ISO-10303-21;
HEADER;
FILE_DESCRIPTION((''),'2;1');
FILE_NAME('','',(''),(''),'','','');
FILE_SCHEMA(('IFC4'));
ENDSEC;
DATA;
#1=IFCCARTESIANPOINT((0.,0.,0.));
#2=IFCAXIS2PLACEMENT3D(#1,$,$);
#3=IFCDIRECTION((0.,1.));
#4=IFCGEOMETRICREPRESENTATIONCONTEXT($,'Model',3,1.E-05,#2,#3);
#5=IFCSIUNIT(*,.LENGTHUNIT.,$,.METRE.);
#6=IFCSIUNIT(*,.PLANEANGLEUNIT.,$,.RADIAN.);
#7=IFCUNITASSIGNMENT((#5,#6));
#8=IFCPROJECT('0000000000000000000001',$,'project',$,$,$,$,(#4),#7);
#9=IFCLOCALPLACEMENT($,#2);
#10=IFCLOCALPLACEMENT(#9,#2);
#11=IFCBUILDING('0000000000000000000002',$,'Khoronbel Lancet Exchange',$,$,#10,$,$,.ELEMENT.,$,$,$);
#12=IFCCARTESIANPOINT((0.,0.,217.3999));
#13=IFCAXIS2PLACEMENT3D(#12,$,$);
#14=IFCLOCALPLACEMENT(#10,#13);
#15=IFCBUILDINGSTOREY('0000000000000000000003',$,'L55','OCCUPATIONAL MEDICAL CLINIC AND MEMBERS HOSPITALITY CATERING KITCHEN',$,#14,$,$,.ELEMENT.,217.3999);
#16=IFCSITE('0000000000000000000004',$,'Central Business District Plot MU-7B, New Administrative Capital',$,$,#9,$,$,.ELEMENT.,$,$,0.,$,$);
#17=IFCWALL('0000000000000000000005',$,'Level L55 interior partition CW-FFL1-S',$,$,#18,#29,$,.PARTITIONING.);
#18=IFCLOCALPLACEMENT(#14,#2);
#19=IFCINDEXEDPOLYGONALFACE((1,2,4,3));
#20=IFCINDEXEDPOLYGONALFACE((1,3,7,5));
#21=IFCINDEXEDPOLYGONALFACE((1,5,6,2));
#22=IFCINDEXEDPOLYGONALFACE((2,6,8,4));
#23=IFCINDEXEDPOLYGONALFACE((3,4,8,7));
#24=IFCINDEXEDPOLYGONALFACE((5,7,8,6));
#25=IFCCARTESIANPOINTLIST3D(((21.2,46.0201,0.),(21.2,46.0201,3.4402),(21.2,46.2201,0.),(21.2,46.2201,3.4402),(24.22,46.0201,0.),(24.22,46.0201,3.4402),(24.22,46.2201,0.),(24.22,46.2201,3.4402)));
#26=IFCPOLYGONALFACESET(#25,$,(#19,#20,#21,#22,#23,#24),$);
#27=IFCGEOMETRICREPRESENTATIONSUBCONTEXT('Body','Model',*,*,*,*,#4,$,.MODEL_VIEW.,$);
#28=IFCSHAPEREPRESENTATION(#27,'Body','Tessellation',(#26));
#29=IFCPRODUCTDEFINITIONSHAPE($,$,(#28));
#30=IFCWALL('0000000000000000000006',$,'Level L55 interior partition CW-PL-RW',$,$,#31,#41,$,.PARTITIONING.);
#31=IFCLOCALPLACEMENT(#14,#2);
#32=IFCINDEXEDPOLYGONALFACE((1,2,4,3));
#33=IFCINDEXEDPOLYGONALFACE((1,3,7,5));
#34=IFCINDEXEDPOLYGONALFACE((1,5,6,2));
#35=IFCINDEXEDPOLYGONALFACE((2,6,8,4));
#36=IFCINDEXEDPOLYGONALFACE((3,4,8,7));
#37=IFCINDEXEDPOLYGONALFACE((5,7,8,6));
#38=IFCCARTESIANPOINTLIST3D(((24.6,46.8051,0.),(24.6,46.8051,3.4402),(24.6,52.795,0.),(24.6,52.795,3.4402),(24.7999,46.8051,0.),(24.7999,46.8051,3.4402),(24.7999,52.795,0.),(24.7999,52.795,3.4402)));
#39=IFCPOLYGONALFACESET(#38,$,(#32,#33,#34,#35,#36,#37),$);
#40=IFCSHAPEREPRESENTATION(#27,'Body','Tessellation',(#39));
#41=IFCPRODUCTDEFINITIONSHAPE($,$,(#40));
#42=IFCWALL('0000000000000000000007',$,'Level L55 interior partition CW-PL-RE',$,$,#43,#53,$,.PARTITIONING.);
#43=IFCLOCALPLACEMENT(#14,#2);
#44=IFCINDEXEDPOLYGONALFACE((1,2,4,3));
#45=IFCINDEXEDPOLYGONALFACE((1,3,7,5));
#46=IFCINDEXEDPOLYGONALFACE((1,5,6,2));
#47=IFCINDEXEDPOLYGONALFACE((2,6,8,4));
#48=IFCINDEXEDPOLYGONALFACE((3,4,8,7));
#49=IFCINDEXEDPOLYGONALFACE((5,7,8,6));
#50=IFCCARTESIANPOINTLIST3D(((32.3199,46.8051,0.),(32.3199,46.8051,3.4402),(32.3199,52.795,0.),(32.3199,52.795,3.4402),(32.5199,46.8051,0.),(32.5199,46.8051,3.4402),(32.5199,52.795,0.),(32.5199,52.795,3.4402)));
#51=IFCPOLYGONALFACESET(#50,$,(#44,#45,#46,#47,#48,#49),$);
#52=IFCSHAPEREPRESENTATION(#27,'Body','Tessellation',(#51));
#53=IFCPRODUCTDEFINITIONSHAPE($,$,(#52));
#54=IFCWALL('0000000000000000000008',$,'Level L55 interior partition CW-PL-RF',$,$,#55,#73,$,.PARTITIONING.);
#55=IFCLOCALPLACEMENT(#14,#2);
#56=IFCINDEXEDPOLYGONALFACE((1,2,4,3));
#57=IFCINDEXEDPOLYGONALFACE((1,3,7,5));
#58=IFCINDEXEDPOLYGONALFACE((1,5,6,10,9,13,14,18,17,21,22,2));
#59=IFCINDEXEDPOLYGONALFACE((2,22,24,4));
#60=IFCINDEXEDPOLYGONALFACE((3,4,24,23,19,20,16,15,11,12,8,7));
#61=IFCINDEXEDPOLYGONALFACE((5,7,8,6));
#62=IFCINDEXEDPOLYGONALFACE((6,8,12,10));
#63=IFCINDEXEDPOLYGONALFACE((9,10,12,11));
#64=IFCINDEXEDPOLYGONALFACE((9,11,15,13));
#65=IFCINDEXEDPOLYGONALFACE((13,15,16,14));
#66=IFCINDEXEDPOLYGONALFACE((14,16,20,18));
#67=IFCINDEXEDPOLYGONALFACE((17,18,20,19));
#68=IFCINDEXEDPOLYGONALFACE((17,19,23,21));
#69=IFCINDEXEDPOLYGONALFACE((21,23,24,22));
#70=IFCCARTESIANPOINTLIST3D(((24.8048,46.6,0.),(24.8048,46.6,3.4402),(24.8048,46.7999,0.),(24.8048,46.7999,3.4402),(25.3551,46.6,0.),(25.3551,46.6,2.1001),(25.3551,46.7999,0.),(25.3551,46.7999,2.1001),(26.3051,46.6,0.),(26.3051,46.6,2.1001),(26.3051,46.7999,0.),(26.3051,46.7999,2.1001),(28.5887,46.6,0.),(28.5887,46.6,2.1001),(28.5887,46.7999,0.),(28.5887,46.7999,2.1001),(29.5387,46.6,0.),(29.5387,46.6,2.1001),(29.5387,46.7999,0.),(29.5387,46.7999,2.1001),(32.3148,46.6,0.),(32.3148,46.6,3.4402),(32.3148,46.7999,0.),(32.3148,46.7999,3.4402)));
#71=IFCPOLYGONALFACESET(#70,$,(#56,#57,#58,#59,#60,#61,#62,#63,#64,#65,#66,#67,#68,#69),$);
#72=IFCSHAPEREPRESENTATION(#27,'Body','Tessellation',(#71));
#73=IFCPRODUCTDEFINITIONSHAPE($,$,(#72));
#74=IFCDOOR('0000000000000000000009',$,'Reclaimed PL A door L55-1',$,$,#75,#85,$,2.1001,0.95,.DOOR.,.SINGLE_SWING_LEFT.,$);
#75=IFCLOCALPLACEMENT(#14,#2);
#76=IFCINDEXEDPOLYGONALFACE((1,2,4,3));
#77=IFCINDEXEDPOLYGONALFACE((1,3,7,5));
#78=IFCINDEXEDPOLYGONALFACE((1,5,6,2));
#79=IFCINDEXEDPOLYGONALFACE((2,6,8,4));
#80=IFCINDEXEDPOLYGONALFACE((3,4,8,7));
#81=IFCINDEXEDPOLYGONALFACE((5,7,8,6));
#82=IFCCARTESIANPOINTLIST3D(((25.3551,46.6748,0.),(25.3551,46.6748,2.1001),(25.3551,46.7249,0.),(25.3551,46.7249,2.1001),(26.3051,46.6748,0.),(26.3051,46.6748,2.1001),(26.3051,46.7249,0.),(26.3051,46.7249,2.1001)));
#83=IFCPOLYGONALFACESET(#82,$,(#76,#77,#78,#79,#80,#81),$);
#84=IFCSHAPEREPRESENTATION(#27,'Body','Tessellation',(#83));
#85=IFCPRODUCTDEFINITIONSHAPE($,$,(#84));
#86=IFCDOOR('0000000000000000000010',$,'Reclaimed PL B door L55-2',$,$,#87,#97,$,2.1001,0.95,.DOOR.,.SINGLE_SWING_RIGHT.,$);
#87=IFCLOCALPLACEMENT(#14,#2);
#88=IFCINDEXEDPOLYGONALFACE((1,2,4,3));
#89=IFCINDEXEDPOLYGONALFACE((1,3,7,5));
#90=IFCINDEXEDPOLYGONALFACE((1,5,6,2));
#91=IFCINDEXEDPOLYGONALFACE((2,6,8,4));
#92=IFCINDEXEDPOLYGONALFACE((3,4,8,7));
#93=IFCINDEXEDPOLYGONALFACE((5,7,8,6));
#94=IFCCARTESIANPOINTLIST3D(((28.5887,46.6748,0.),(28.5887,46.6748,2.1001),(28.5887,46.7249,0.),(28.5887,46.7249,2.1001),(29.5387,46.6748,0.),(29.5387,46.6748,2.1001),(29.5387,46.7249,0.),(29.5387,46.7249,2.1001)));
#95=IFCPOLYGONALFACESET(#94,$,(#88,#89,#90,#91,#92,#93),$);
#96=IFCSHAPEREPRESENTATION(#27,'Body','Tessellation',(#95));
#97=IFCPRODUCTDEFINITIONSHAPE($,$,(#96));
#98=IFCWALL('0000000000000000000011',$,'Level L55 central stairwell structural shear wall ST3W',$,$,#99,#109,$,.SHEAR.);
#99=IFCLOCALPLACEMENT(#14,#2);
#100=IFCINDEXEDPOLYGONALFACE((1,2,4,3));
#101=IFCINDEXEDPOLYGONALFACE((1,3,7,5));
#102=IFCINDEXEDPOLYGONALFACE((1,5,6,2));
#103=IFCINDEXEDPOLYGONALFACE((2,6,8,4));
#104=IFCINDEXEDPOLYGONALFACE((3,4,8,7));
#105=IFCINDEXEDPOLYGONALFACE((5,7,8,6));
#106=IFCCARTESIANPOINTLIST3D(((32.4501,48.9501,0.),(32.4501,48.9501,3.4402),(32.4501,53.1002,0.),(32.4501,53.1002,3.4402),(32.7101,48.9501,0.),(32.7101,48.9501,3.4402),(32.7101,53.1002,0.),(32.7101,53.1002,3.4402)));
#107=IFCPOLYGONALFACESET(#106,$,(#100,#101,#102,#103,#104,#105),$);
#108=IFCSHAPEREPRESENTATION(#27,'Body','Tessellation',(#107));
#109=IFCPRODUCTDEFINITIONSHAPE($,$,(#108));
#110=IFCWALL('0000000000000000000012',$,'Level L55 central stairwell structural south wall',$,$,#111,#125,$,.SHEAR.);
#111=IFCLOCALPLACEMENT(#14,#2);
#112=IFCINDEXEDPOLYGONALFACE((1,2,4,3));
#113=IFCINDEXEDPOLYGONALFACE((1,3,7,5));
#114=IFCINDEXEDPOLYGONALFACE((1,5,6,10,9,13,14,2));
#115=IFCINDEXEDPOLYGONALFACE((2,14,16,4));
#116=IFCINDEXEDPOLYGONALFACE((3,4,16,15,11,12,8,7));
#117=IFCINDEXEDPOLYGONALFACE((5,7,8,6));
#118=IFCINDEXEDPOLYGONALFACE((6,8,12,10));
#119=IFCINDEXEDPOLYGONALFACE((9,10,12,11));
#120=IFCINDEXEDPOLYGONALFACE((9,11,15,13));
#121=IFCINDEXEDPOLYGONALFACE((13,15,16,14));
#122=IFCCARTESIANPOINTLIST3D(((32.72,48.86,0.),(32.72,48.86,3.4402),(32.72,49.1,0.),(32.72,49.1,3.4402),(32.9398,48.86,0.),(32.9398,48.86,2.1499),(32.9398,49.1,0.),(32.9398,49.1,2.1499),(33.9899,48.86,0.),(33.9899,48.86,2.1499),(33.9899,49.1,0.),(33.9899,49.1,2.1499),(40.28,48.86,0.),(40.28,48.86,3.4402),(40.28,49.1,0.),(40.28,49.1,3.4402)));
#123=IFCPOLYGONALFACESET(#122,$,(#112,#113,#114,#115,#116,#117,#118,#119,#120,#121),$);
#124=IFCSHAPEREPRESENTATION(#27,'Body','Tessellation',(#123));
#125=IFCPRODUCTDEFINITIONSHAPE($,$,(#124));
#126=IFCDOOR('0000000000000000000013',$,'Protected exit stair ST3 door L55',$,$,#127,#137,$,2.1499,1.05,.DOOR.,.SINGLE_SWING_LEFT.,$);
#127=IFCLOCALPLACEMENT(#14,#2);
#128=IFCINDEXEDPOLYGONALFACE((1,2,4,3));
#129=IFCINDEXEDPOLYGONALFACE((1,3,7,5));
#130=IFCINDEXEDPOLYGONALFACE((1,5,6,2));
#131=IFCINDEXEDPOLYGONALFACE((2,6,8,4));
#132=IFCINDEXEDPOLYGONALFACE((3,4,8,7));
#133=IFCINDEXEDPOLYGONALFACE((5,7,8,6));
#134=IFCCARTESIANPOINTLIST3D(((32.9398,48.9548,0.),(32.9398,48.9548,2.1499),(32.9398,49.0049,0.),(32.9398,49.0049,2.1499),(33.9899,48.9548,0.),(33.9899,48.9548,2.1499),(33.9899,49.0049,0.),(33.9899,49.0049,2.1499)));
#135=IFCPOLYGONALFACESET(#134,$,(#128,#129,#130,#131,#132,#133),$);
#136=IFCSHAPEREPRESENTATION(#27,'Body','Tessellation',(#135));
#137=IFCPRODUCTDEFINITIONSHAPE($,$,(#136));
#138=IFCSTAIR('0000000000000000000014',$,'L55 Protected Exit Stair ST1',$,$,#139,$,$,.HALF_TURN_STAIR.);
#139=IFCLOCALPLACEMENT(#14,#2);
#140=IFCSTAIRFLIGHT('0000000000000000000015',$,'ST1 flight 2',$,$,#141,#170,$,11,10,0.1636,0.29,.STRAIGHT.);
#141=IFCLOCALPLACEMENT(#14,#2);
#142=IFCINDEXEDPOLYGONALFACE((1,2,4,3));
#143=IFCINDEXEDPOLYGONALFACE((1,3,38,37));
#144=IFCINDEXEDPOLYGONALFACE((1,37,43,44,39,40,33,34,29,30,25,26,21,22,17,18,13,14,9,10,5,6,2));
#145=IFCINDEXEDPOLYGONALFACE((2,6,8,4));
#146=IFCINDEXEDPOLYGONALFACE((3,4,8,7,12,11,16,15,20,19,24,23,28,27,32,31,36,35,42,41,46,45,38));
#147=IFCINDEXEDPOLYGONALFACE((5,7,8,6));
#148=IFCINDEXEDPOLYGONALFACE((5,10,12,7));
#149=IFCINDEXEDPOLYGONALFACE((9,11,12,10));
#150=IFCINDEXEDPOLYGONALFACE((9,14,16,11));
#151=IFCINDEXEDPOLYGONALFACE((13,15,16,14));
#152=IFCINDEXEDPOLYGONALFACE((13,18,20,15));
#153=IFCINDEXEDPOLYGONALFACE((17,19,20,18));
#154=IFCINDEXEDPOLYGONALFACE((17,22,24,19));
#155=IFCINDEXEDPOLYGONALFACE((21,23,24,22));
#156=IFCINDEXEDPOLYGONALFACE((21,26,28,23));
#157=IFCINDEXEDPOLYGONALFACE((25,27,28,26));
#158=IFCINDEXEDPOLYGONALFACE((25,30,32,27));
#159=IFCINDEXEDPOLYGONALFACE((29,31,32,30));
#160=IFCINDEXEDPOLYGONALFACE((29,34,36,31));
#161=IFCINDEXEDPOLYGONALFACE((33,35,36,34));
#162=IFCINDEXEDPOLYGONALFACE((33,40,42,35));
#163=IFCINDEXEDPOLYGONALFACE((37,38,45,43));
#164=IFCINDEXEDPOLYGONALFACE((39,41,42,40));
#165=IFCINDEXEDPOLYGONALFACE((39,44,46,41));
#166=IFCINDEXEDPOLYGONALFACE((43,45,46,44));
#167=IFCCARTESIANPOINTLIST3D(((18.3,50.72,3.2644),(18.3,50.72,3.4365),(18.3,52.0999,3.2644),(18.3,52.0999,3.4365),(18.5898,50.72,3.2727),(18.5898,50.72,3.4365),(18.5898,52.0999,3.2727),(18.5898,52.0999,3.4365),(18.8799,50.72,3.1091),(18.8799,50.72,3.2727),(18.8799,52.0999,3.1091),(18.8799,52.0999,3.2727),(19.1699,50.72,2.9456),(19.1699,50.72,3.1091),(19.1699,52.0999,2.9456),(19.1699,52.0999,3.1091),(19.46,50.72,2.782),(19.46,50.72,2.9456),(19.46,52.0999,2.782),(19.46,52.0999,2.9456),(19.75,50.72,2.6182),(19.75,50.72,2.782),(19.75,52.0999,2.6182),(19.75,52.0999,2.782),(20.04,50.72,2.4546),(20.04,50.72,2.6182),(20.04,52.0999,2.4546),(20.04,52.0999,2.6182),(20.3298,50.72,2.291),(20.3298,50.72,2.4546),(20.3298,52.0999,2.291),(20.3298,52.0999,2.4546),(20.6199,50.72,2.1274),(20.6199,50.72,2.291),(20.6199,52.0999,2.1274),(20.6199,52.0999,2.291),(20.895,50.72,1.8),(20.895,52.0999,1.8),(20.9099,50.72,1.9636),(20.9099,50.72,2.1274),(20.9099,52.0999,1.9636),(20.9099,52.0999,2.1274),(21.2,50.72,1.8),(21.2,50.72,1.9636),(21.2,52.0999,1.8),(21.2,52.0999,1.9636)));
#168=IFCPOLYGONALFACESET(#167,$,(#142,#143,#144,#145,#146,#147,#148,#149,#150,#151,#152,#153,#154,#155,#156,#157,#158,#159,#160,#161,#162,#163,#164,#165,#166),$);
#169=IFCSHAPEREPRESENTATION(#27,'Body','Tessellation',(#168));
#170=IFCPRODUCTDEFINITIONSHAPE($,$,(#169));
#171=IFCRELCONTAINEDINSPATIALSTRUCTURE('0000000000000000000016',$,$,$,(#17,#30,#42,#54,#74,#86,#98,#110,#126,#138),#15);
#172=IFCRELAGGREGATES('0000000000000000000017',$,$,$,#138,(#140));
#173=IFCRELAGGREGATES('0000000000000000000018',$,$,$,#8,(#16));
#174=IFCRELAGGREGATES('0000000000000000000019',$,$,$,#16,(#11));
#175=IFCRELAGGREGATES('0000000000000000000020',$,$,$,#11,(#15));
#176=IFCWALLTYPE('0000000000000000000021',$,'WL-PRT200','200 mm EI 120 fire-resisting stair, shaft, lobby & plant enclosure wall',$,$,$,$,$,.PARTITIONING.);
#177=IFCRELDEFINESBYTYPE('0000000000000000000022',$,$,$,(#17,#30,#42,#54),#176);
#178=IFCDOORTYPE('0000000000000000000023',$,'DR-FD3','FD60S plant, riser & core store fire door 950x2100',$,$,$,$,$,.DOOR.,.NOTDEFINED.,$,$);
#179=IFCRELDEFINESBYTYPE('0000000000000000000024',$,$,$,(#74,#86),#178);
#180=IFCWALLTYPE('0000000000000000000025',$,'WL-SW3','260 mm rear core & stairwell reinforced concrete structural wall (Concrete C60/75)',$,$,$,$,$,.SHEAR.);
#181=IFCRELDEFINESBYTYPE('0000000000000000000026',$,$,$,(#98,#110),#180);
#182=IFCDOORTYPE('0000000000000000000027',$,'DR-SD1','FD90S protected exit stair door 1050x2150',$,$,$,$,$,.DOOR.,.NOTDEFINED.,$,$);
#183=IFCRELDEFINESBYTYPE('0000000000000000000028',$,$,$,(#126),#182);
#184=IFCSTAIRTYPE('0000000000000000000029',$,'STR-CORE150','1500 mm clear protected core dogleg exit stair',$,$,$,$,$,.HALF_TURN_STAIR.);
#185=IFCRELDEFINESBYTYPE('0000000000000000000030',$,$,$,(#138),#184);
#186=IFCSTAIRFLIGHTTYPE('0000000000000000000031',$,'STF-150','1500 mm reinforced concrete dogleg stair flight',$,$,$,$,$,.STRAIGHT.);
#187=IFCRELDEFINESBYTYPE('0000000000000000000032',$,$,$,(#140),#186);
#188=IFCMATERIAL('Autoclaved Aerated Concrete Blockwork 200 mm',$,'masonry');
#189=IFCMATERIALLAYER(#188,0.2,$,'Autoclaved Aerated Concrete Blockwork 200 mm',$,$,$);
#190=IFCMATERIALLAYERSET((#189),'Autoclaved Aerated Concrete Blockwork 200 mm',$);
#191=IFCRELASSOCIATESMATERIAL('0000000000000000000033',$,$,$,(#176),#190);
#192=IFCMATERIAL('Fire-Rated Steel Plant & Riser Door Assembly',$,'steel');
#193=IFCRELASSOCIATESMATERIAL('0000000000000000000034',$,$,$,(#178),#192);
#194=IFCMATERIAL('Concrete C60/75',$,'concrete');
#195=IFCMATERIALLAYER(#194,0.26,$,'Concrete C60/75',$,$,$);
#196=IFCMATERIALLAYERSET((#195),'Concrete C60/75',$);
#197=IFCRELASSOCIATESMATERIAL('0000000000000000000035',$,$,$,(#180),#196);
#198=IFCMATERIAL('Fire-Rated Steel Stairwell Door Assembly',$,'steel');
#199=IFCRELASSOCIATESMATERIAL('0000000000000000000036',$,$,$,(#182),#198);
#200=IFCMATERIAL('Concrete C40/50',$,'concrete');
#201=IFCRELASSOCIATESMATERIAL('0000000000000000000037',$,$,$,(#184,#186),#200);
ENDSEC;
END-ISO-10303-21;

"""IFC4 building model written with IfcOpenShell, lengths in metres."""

from ifc_helpers import new_model, si_unit, direction, frame, frame_2d, origin, place, context, subcontext, project, spatial, polyline, rectangle, outline, extrude, material, layer, layer_set, type_object, element, fill, aggregate, save


model = new_model("IFC4")

# Units and contexts
model_context = context("Model", 3, precision=1e-05, world=origin(), true_north=direction((0.0, 1.0)))
body_context = subcontext(model_context, "Body", "Model", "MODEL_VIEW")
ifc_project = project(units=[si_unit("LENGTHUNIT", "METRE"), si_unit("PLANEANGLEUNIT", "RADIAN")], contexts=[model_context])

# Site, building, storey
site_placement = place(None, origin())
site = spatial("IfcSite", under=ifc_project, at=site_placement, Name="Central Business District Plot MU-7B, New Administrative Capital", CompositionType="ELEMENT", RefElevation=0.0)
building_placement = place(site_placement, origin())
building = spatial("IfcBuilding", under=site, at=building_placement, Name="Khoronbel Lancet Exchange", CompositionType="ELEMENT")
storey_placement = place(building_placement, frame((0.0, 0.0, 217.3999)))
storey = spatial("IfcBuildingStorey", under=building, at=storey_placement, Name="L55", Description="OCCUPATIONAL MEDICAL CLINIC AND MEMBERS HOSPITALITY CATERING KITCHEN", CompositionType="ELEMENT", Elevation=217.3999)

# Shared definitions
ifc_material_1 = material(Name="Autoclaved Aerated Concrete Blockwork 200 mm", Category="masonry")
ifc_layer_1 = layer(ifc_material_1, 0.2, Name="Autoclaved Aerated Concrete Blockwork 200 mm")
ifc_layer_set_1 = layer_set([ifc_layer_1], Name="Autoclaved Aerated Concrete Blockwork 200 mm")
wall_type_1 = type_object("IfcWallType", Name="WL-PRT200", Description="200 mm EI 120 fire-resisting stair, shaft, lobby & plant enclosure wall", PredefinedType="PARTITIONING", material=ifc_layer_set_1)

# Walls
wall_1_placement = place(storey_placement, frame((21.2, 46.1201, 0.0), z_axis=(0.0, 0.0, 1.0), x_axis=(1.0, 0.0, 0.0)))
element("IfcWall", 1, at=wall_1_placement, inside=storey, type_object=wall_type_1, Name="Level L55 interior partition CW-FFL1-S", PredefinedType="PARTITIONING", context=body_context, shape_type="SweptSolid", body=[
    extrude(rectangle(XDim=3.02, YDim=0.2, at=frame_2d((1.51, 0.0))), origin(), (0.0, 0.0, 1.0), 3.4402),
])
for number, where, z_axis, x_axis, name in (
    (2, (24.7, 46.8049, 0.0), (0.0, 0.0, 1.0), (0.0, 1.0, 0.0), "Level L55 interior partition CW-PL-RW"),
    (3, (32.4199, 46.8049, 0.0), (0.0, 0.0, 1.0), (0.0, 1.0, 0.0), "Level L55 interior partition CW-PL-RE"),
):
    element("IfcWall", number, at=place(storey_placement, frame(where, z_axis=z_axis, x_axis=x_axis)), inside=storey, type_object=wall_type_1, Name=name, PredefinedType="PARTITIONING", context=body_context, shape_type="SweptSolid", body=[
        extrude(rectangle(XDim=5.99, YDim=0.2, at=frame_2d((2.9951, 0.0))), origin(), (0.0, 0.0, 1.0), 3.4402),
    ])

# Wall, openings, doors
wall_2_placement = place(storey_placement, frame((24.8049, 46.7, 0.0), z_axis=(0.0, 0.0, 1.0), x_axis=(1.0, 0.0, 0.0)))
wall_2 = element("IfcWall", 4, at=wall_2_placement, inside=storey, type_object=wall_type_1, Name="Level L55 interior partition CW-PL-RF", PredefinedType="PARTITIONING", context=body_context, shape_type="SweptSolid", body=[
    extrude(rectangle(XDim=7.51, YDim=0.2, at=frame_2d((3.7549, 0.0))), origin(), (0.0, 0.0, 1.0), 3.4402),
])
opening_1_placement = place(wall_2_placement, frame((0.55, 0.0, 0.0)))
opening_1 = element("IfcOpeningElement", 5, at=opening_1_placement, cuts=wall_2, PredefinedType="OPENING", context=body_context, shape_type="SweptSolid", body=[
    extrude(rectangle(XDim=0.95, YDim=2.1001, at=frame_2d((0.4751, 1.05))), frame((0.0, 0.1099, 0.0), z_axis=(0.0, -1.0, 0.0), x_axis=(1.0, 0.0, 0.0)), (0.0, 0.0, 1.0), 0.22),
])
opening_2_placement = place(wall_2_placement, frame((3.7837, 0.0, 0.0)))
opening_2 = element("IfcOpeningElement", 6, at=opening_2_placement, cuts=wall_2, PredefinedType="OPENING", context=body_context, shape_type="SweptSolid", body=[
    extrude(rectangle(XDim=0.95, YDim=2.1001, at=frame_2d((0.4751, 1.05))), frame((0.0, 0.1099, 0.0), z_axis=(0.0, -1.0, 0.0), x_axis=(1.0, 0.0, 0.0)), (0.0, 0.0, 1.0), 0.22),
])
ifc_material_2 = material(Name="Fire-Rated Steel Plant & Riser Door Assembly", Category="steel")
door_type_1 = type_object("IfcDoorType", Name="DR-FD3", Description="FD60S plant, riser & core store fire door 950x2100", OperationType="NOTDEFINED", PredefinedType="DOOR", material=ifc_material_2)
door_1_placement = place(opening_1_placement, origin())
door_1 = element("IfcDoor", 7, at=door_1_placement, inside=storey, type_object=door_type_1, Name="Reclaimed PL A door L55-1", OperationType="SINGLE_SWING_LEFT", OverallHeight=2.1001, OverallWidth=0.95, PredefinedType="DOOR", context=body_context, shape_type="SweptSolid", body=[
    extrude(rectangle(XDim=0.95, YDim=2.1001, at=frame_2d((0.4751, 1.05))), frame((0.0, 0.0249, 0.0), z_axis=(0.0, -1.0, 0.0), x_axis=(1.0, 0.0, 0.0)), (0.0, 0.0, 1.0), 0.05),
])
fill(opening_1, door_1)
door_2_placement = place(opening_2_placement, origin())
door_2 = element("IfcDoor", 8, at=door_2_placement, inside=storey, type_object=door_type_1, Name="Reclaimed PL B door L55-2", OperationType="SINGLE_SWING_RIGHT", OverallHeight=2.1001, OverallWidth=0.95, PredefinedType="DOOR", context=body_context, shape_type="SweptSolid", body=[
    extrude(rectangle(XDim=0.95, YDim=2.1001, at=frame_2d((0.4751, 1.05))), frame((0.0, 0.0249, 0.0), z_axis=(0.0, -1.0, 0.0), x_axis=(1.0, 0.0, 0.0)), (0.0, 0.0, 1.0), 0.05),
])
fill(opening_2, door_2)

# Wall
ifc_material_3 = material(Name="Concrete C60/75", Category="concrete")
ifc_layer_2 = layer(ifc_material_3, 0.26, Name="Concrete C60/75")
ifc_layer_set_2 = layer_set([ifc_layer_2], Name="Concrete C60/75")
wall_type_2 = type_object("IfcWallType", Name="WL-SW3", Description="260 mm rear core & stairwell reinforced concrete structural wall (Concrete C60/75)", PredefinedType="SHEAR", material=ifc_layer_set_2)
wall_3_placement = place(storey_placement, frame((32.5801, 48.95, 0.0), z_axis=(0.0, 0.0, 1.0), x_axis=(0.0, 1.0, 0.0)))
element("IfcWall", 9, at=wall_3_placement, inside=storey, type_object=wall_type_2, Name="Level L55 central stairwell structural shear wall ST3W", PredefinedType="SHEAR", context=body_context, shape_type="SweptSolid", body=[
    extrude(rectangle(XDim=4.1501, YDim=0.26, at=frame_2d((2.0752, 0.0))), origin(), (0.0, 0.0, 1.0), 3.4402),
])

# Wall, opening, door
wall_4_placement = place(storey_placement, frame((32.72, 48.98, 0.0), z_axis=(0.0, 0.0, 1.0), x_axis=(1.0, 0.0, 0.0)))
wall_4 = element("IfcWall", 10, at=wall_4_placement, inside=storey, type_object=wall_type_2, Name="Level L55 central stairwell structural south wall", PredefinedType="SHEAR", context=body_context, shape_type="SweptSolid", body=[
    extrude(rectangle(XDim=7.5601, YDim=0.24, at=frame_2d((3.78, 0.0))), origin(), (0.0, 0.0, 1.0), 3.4402),
])
opening_3_placement = place(wall_4_placement, frame((0.22, 0.0, 0.0)))
opening_3 = element("IfcOpeningElement", 11, at=opening_3_placement, cuts=wall_4, PredefinedType="OPENING", context=body_context, shape_type="SweptSolid", body=[
    extrude(rectangle(XDim=1.05, YDim=2.1499, at=frame_2d((0.5249, 1.075))), frame((0.0, 0.1299, 0.0), z_axis=(0.0, -1.0, 0.0), x_axis=(1.0, 0.0, 0.0)), (0.0, 0.0, 1.0), 0.26),
])
ifc_material_4 = material(Name="Fire-Rated Steel Stairwell Door Assembly", Category="steel")
door_type_2 = type_object("IfcDoorType", Name="DR-SD1", Description="FD90S protected exit stair door 1050x2150", OperationType="NOTDEFINED", PredefinedType="DOOR", material=ifc_material_4)
door_3_placement = place(opening_3_placement, origin())
door_3 = element("IfcDoor", 12, at=door_3_placement, inside=storey, type_object=door_type_2, Name="Protected exit stair ST3 door L55", OperationType="SINGLE_SWING_LEFT", OverallHeight=2.1499, OverallWidth=1.05, PredefinedType="DOOR", context=body_context, shape_type="SweptSolid", body=[
    extrude(rectangle(XDim=1.05, YDim=2.1499, at=frame_2d((0.5249, 1.075))), frame((0.0, 0.0249, 0.0), z_axis=(0.0, -1.0, 0.0), x_axis=(1.0, 0.0, 0.0)), (0.0, 0.0, 1.0), 0.05),
])
fill(opening_3, door_3)

# Stair, stair flight
ifc_material_5 = material(Name="Concrete C40/50", Category="concrete")
stair_type = type_object("IfcStairType", Name="STR-CORE150", Description="1500 mm clear protected core dogleg exit stair", PredefinedType="HALF_TURN_STAIR", material=ifc_material_5)
stair_placement = place(storey_placement, origin())
stair = element("IfcStair", 13, at=stair_placement, inside=storey, type_object=stair_type, Name="L55 Protected Exit Stair ST1", PredefinedType="HALF_TURN_STAIR")
stair_flight_type = type_object("IfcStairFlightType", Name="STF-150", Description="1500 mm reinforced concrete dogleg stair flight", PredefinedType="STRAIGHT", material=ifc_material_5)
stair_flight_placement = place(storey_placement, frame((21.2, 51.4099, 1.8), z_axis=(0.0, 0.0, 1.0), x_axis=(-1.0, 0.0, 0.0)))
stair_flight = element("IfcStairFlight", 14, at=stair_flight_placement, type_object=stair_flight_type, Name="ST1 flight 2", NumberOfRisers=11, NumberOfTreads=10, PredefinedType="STRAIGHT", RiserHeight=0.1636, TreadLength=0.29, context=body_context, shape_type="SweptSolid", body=[
    extrude(outline(polyline([(0.0, 0.0), (0.0, 0.1636), (0.29, 0.1636), (0.29, 0.3274), (0.5801, 0.3274), (0.5801, 0.491), (0.8701, 0.491), (0.8701, 0.6545), (1.1599, 0.6545), (1.1599, 0.8181), (1.45, 0.8181), (1.45, 0.9819), (1.74, 0.9819), (1.74, 1.1455), (2.03, 1.1455), (2.03, 1.3091), (2.3201, 1.3091), (2.3201, 1.4727), (2.6101, 1.4727), (2.6101, 1.6365), (2.8999, 1.6365), (2.8999, 1.8), (2.8999, 1.4644), (0.3049, 0.0), (0.0, 0.0)])), frame((0.0, 0.6899, 0.0), z_axis=(0.0, -1.0, 0.0), x_axis=(1.0, 0.0, 0.0)), (0.0, 0.0, 1.0), 1.3799),
])
aggregate(stair, [stair_flight])

save(model, "model.ifc")
